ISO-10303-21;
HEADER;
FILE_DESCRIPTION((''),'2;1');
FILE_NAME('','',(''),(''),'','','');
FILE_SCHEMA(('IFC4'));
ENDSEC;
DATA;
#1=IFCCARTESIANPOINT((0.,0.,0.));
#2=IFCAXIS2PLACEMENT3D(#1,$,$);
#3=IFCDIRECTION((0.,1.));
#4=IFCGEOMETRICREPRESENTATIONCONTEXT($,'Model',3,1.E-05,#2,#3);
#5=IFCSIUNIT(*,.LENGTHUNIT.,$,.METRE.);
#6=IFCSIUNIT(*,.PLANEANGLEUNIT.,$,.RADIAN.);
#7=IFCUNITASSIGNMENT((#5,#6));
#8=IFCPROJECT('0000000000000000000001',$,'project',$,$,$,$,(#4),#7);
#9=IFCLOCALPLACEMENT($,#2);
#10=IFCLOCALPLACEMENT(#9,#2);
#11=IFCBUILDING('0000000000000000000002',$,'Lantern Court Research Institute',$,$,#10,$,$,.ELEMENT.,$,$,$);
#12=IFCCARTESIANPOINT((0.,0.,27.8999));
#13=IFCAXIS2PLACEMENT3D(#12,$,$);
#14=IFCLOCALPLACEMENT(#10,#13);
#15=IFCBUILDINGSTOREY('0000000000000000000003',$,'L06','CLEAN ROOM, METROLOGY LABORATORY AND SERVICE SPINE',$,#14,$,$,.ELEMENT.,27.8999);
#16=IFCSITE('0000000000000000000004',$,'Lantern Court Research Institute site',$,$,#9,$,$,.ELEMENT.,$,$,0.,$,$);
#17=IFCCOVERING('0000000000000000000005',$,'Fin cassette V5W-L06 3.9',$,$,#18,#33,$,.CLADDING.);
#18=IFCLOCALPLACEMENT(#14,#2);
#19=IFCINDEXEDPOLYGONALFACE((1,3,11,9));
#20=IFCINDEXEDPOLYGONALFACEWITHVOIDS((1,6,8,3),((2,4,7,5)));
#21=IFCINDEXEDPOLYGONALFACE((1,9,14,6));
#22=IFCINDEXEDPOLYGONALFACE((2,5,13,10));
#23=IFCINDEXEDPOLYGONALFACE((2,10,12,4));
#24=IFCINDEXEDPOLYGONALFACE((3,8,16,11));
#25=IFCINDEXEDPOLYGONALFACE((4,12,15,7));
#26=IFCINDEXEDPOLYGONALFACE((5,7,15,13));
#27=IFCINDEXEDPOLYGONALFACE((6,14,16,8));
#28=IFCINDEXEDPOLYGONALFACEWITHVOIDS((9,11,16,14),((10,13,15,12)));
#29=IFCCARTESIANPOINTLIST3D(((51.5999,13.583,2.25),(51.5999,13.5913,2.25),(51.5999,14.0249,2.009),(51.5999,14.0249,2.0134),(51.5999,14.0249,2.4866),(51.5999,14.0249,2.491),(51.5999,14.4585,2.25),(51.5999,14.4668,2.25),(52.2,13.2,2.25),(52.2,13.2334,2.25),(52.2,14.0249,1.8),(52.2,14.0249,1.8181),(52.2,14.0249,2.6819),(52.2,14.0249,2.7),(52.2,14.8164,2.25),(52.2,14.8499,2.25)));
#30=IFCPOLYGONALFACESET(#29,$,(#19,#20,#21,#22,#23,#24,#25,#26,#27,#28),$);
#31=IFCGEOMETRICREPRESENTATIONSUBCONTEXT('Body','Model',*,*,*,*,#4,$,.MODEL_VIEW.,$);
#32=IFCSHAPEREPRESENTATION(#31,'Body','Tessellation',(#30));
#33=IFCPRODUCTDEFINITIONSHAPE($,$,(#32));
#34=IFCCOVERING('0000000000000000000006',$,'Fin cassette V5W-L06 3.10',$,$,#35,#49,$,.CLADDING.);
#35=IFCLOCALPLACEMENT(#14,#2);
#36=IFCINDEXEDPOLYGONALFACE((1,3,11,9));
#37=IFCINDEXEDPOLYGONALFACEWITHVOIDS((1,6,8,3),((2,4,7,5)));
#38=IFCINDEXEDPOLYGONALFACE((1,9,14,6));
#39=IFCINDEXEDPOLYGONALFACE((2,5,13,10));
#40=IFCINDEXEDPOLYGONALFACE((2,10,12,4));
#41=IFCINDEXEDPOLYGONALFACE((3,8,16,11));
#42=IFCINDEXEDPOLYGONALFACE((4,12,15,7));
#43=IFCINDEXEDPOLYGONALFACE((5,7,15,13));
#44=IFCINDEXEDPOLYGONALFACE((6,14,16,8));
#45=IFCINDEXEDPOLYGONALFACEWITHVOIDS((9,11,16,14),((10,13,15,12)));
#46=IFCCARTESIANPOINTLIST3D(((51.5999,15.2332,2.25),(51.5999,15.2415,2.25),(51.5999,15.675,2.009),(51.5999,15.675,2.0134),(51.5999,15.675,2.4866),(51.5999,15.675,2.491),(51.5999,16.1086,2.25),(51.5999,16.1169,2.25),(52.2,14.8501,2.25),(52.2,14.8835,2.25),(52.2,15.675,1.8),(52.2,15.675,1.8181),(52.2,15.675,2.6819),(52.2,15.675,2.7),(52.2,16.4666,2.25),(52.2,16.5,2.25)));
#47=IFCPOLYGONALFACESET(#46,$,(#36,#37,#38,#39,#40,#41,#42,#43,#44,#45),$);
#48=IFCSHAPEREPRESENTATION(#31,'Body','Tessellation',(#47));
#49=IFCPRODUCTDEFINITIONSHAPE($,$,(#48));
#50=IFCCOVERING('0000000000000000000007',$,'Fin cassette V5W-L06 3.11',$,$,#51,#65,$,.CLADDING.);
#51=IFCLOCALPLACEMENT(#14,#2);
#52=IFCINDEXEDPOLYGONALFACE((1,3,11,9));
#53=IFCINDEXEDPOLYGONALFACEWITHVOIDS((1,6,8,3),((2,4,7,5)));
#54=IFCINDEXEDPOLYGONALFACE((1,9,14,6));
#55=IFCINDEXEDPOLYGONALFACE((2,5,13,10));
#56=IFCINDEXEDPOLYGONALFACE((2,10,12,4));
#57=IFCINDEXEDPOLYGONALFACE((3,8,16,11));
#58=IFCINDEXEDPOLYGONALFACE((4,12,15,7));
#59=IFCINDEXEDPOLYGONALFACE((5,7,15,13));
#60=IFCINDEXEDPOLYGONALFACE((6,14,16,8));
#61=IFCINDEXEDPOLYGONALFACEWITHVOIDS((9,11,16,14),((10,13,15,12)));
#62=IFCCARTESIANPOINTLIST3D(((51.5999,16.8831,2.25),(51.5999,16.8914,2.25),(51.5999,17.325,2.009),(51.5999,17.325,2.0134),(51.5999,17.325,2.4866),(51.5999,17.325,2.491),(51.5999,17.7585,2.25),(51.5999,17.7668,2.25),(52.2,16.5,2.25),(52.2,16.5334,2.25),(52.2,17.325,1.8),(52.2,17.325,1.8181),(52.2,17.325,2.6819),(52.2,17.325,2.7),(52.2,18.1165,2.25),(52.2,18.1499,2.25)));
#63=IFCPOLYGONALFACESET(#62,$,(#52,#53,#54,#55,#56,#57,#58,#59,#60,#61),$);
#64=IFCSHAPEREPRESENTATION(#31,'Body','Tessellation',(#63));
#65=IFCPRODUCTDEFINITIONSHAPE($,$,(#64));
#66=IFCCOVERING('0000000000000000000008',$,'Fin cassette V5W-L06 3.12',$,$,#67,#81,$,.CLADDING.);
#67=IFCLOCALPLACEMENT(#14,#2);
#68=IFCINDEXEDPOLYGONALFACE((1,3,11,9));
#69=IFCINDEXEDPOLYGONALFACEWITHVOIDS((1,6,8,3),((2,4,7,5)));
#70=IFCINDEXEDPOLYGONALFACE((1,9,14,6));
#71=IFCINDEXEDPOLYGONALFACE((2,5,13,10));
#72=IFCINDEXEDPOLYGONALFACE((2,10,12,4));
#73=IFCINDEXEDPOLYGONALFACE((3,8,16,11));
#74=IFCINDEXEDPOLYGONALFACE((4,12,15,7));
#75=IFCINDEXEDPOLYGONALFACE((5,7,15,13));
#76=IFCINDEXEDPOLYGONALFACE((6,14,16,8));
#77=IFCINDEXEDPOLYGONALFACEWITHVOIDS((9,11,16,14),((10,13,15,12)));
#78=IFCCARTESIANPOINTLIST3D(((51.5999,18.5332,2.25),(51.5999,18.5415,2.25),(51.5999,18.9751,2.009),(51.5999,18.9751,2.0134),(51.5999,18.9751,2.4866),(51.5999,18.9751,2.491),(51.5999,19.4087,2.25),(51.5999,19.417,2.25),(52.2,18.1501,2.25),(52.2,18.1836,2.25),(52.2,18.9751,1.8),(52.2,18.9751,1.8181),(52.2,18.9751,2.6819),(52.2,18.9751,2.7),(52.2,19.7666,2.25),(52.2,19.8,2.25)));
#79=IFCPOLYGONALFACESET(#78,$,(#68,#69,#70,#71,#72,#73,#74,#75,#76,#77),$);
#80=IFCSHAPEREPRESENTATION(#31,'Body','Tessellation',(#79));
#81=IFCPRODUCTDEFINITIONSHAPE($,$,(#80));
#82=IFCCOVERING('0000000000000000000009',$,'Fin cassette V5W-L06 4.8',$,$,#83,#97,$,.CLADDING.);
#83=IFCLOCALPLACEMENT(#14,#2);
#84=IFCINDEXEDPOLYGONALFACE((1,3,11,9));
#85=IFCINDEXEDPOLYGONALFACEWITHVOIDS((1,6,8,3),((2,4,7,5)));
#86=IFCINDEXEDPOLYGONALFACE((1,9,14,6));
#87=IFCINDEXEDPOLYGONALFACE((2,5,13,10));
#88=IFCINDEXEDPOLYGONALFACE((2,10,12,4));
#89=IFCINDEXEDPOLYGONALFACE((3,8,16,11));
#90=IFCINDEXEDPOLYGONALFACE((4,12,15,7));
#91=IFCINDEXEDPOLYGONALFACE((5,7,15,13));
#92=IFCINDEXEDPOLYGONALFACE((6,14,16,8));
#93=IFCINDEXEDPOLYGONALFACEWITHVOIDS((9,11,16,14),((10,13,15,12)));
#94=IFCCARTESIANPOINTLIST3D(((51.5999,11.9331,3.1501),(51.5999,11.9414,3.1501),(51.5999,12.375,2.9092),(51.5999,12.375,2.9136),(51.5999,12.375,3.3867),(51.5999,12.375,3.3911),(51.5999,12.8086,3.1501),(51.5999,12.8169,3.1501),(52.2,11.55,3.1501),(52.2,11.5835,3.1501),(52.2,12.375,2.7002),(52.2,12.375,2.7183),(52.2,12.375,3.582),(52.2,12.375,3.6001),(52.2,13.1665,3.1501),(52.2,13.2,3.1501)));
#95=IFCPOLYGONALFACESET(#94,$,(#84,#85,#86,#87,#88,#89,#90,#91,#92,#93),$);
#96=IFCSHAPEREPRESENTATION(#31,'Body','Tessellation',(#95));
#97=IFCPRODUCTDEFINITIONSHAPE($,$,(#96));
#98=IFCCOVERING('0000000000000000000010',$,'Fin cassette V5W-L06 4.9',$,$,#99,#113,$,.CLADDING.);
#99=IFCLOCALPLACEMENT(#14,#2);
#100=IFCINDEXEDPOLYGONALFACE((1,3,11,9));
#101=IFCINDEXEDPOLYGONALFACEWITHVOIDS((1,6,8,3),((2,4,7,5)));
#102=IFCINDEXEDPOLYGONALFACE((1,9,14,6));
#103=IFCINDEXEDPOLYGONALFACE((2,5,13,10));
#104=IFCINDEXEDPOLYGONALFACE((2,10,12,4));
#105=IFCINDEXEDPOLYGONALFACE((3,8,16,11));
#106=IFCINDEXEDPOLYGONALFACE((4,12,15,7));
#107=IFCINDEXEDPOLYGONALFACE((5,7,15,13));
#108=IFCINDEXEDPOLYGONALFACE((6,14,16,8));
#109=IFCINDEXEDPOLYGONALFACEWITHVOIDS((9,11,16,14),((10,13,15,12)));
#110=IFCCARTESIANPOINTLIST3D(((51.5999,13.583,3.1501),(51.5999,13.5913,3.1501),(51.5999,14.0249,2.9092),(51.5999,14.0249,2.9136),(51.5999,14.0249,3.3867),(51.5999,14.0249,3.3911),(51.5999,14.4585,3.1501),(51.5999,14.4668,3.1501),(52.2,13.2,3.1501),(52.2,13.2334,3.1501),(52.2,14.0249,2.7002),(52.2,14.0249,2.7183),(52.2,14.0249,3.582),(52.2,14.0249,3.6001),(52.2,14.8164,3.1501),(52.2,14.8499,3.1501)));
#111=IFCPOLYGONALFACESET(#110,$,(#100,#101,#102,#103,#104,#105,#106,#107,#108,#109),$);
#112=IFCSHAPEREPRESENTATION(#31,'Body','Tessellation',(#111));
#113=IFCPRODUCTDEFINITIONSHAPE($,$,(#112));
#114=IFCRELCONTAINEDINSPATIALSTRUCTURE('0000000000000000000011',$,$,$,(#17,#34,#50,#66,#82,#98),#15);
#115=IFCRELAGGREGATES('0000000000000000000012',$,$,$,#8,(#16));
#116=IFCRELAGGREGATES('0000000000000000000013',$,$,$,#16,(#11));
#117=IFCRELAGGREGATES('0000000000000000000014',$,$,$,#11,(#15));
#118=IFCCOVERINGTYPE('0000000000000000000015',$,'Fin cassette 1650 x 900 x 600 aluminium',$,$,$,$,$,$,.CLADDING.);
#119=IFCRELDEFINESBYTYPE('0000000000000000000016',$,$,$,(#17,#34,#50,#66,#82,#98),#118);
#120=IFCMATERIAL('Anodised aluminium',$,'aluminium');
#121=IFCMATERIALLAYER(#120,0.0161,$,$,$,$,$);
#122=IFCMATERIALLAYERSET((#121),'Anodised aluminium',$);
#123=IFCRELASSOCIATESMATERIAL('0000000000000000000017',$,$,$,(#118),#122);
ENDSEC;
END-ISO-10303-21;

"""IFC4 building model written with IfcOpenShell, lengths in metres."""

from ifc_helpers import new_model, entity, si_unit, direction, frame, origin, place, context, subcontext, project, spatial, material, layer, layer_set, type_object, element, save


model = new_model("IFC4")

# Units and contexts
model_context = context("Model", 3, precision=1e-05, world=origin(), true_north=direction((0.0, 1.0)))
body_context = subcontext(model_context, "Body", "Model", "MODEL_VIEW")
ifc_project = project(units=[si_unit("LENGTHUNIT", "METRE"), si_unit("PLANEANGLEUNIT", "RADIAN")], contexts=[model_context])

# Site, building, storey
site_placement = place(None, origin())
site = spatial("IfcSite", under=ifc_project, at=site_placement, Name="Lantern Court Research Institute site", CompositionType="ELEMENT", RefElevation=0.0)
building_placement = place(site_placement, origin())
building = spatial("IfcBuilding", under=site, at=building_placement, Name="Lantern Court Research Institute", CompositionType="ELEMENT")
storey_placement = place(building_placement, frame((0.0, 0.0, 27.8999)))
storey = spatial("IfcBuildingStorey", under=building, at=storey_placement, Name="L06", Description="CLEAN ROOM, METROLOGY LABORATORY AND SERVICE SPINE", CompositionType="ELEMENT", Elevation=27.8999)

# Coverings
ifc_material_1 = material(Name="Anodised aluminium", Category="aluminium")
ifc_layer_1 = layer(ifc_material_1, 0.0161)
ifc_layer_set_1 = layer_set([ifc_layer_1], Name="Anodised aluminium")
covering_type = type_object("IfcCoveringType", Name="Fin cassette 1650 x 900 x 600 aluminium", PredefinedType="CLADDING", material=ifc_layer_set_1)
covering_1_placement = place(storey_placement, frame((52.2, 14.0249, 2.25), z_axis=(-1.0, 0.0, 0.0), x_axis=(0.0, -1.0, 0.0)))
cartesian_point_1 = entity("IfcCartesianPoint", [0.825, 0.0])
cartesian_point_2 = entity("IfcCartesianPoint", [0.7915, 0.0])
cartesian_point_3 = entity("IfcCartesianPoint", [0.4419, 0.0])
cartesian_point_4 = entity("IfcCartesianPoint", [0.4336, 0.0])
element("IfcCovering", 1, at=covering_1_placement, inside=storey, type_object=covering_type, Name="Fin cassette V5W-L06 3.9", PredefinedType="CLADDING", context=body_context, shape_type="SweptSolid", body=[
    entity("IfcExtrudedAreaSolidTapered", entity("IfcArbitraryProfileDefWithVoids", "AREA", None, entity("IfcPolyline", [cartesian_point_1, entity("IfcCartesianPoint", [0.0, 0.45]), entity("IfcCartesianPoint", [-0.825, 0.0]), entity("IfcCartesianPoint", [0.0, -0.45]), cartesian_point_1]), [entity("IfcPolyline", [cartesian_point_2, entity("IfcCartesianPoint", [0.0, 0.4319]), entity("IfcCartesianPoint", [-0.7915, 0.0]), entity("IfcCartesianPoint", [0.0, -0.4319]), cartesian_point_2])]), entity("IfcAxis2Placement3D", entity("IfcCartesianPoint", [0.0, 0.0, 0.0])), entity("IfcDirection", [0.0, 0.0, 1.0]), 0.6001, entity("IfcArbitraryProfileDefWithVoids", "AREA", None, entity("IfcPolyline", [cartesian_point_3, entity("IfcCartesianPoint", [0.0, 0.241]), entity("IfcCartesianPoint", [-0.4419, 0.0]), entity("IfcCartesianPoint", [0.0, -0.241]), cartesian_point_3]), [entity("IfcPolyline", [cartesian_point_4, entity("IfcCartesianPoint", [0.0, 0.2366]), entity("IfcCartesianPoint", [-0.4336, 0.0]), entity("IfcCartesianPoint", [0.0, -0.2366]), cartesian_point_4])])),
])
covering_2_placement = place(storey_placement, frame((52.2, 15.675, 2.25), z_axis=(-1.0, 0.0, 0.0), x_axis=(0.0, -1.0, 0.0)))
cartesian_point_5 = entity("IfcCartesianPoint", [0.825, 0.0])
cartesian_point_6 = entity("IfcCartesianPoint", [0.7915, 0.0])
cartesian_point_7 = entity("IfcCartesianPoint", [0.4419, 0.0])
cartesian_point_8 = entity("IfcCartesianPoint", [0.4336, 0.0])
element("IfcCovering", 2, at=covering_2_placement, inside=storey, type_object=covering_type, Name="Fin cassette V5W-L06 3.10", PredefinedType="CLADDING", context=body_context, shape_type="SweptSolid", body=[
    entity("IfcExtrudedAreaSolidTapered", entity("IfcArbitraryProfileDefWithVoids", "AREA", None, entity("IfcPolyline", [cartesian_point_5, entity("IfcCartesianPoint", [0.0, 0.45]), entity("IfcCartesianPoint", [-0.825, 0.0]), entity("IfcCartesianPoint", [0.0, -0.45]), cartesian_point_5]), [entity("IfcPolyline", [cartesian_point_6, entity("IfcCartesianPoint", [0.0, 0.4319]), entity("IfcCartesianPoint", [-0.7915, 0.0]), entity("IfcCartesianPoint", [0.0, -0.4319]), cartesian_point_6])]), entity("IfcAxis2Placement3D", entity("IfcCartesianPoint", [0.0, 0.0, 0.0])), entity("IfcDirection", [0.0, 0.0, 1.0]), 0.6001, entity("IfcArbitraryProfileDefWithVoids", "AREA", None, entity("IfcPolyline", [cartesian_point_7, entity("IfcCartesianPoint", [0.0, 0.241]), entity("IfcCartesianPoint", [-0.4419, 0.0]), entity("IfcCartesianPoint", [0.0, -0.241]), cartesian_point_7]), [entity("IfcPolyline", [cartesian_point_8, entity("IfcCartesianPoint", [0.0, 0.2366]), entity("IfcCartesianPoint", [-0.4336, 0.0]), entity("IfcCartesianPoint", [0.0, -0.2366]), cartesian_point_8])])),
])
covering_3_placement = place(storey_placement, frame((52.2, 17.325, 2.25), z_axis=(-1.0, 0.0, 0.0), x_axis=(0.0, -1.0, 0.0)))
cartesian_point_9 = entity("IfcCartesianPoint", [0.825, 0.0])
cartesian_point_10 = entity("IfcCartesianPoint", [0.7915, 0.0])
cartesian_point_11 = entity("IfcCartesianPoint", [0.4419, 0.0])
cartesian_point_12 = entity("IfcCartesianPoint", [0.4336, 0.0])
element("IfcCovering", 3, at=covering_3_placement, inside=storey, type_object=covering_type, Name="Fin cassette V5W-L06 3.11", PredefinedType="CLADDING", context=body_context, shape_type="SweptSolid", body=[
    entity("IfcExtrudedAreaSolidTapered", entity("IfcArbitraryProfileDefWithVoids", "AREA", None, entity("IfcPolyline", [cartesian_point_9, entity("IfcCartesianPoint", [0.0, 0.45]), entity("IfcCartesianPoint", [-0.825, 0.0]), entity("IfcCartesianPoint", [0.0, -0.45]), cartesian_point_9]), [entity("IfcPolyline", [cartesian_point_10, entity("IfcCartesianPoint", [0.0, 0.4319]), entity("IfcCartesianPoint", [-0.7915, 0.0]), entity("IfcCartesianPoint", [0.0, -0.4319]), cartesian_point_10])]), entity("IfcAxis2Placement3D", entity("IfcCartesianPoint", [0.0, 0.0, 0.0])), entity("IfcDirection", [0.0, 0.0, 1.0]), 0.6001, entity("IfcArbitraryProfileDefWithVoids", "AREA", None, entity("IfcPolyline", [cartesian_point_11, entity("IfcCartesianPoint", [0.0, 0.241]), entity("IfcCartesianPoint", [-0.4419, 0.0]), entity("IfcCartesianPoint", [0.0, -0.241]), cartesian_point_11]), [entity("IfcPolyline", [cartesian_point_12, entity("IfcCartesianPoint", [0.0, 0.2366]), entity("IfcCartesianPoint", [-0.4336, 0.0]), entity("IfcCartesianPoint", [0.0, -0.2366]), cartesian_point_12])])),
])
covering_4_placement = place(storey_placement, frame((52.2, 18.9751, 2.25), z_axis=(-1.0, 0.0, 0.0), x_axis=(0.0, -1.0, 0.0)))
cartesian_point_13 = entity("IfcCartesianPoint", [0.825, 0.0])
cartesian_point_14 = entity("IfcCartesianPoint", [0.7915, 0.0])
cartesian_point_15 = entity("IfcCartesianPoint", [0.4419, 0.0])
cartesian_point_16 = entity("IfcCartesianPoint", [0.4336, 0.0])
element("IfcCovering", 4, at=covering_4_placement, inside=storey, type_object=covering_type, Name="Fin cassette V5W-L06 3.12", PredefinedType="CLADDING", context=body_context, shape_type="SweptSolid", body=[
    entity("IfcExtrudedAreaSolidTapered", entity("IfcArbitraryProfileDefWithVoids", "AREA", None, entity("IfcPolyline", [cartesian_point_13, entity("IfcCartesianPoint", [0.0, 0.45]), entity("IfcCartesianPoint", [-0.825, 0.0]), entity("IfcCartesianPoint", [0.0, -0.45]), cartesian_point_13]), [entity("IfcPolyline", [cartesian_point_14, entity("IfcCartesianPoint", [0.0, 0.4319]), entity("IfcCartesianPoint", [-0.7915, 0.0]), entity("IfcCartesianPoint", [0.0, -0.4319]), cartesian_point_14])]), entity("IfcAxis2Placement3D", entity("IfcCartesianPoint", [0.0, 0.0, 0.0])), entity("IfcDirection", [0.0, 0.0, 1.0]), 0.6001, entity("IfcArbitraryProfileDefWithVoids", "AREA", None, entity("IfcPolyline", [cartesian_point_15, entity("IfcCartesianPoint", [0.0, 0.241]), entity("IfcCartesianPoint", [-0.4419, 0.0]), entity("IfcCartesianPoint", [0.0, -0.241]), cartesian_point_15]), [entity("IfcPolyline", [cartesian_point_16, entity("IfcCartesianPoint", [0.0, 0.2366]), entity("IfcCartesianPoint", [-0.4336, 0.0]), entity("IfcCartesianPoint", [0.0, -0.2366]), cartesian_point_16])])),
])
covering_5_placement = place(storey_placement, frame((52.2, 12.375, 3.1501), z_axis=(-1.0, 0.0, 0.0), x_axis=(0.0, -1.0, 0.0)))
cartesian_point_17 = entity("IfcCartesianPoint", [0.825, 0.0])
cartesian_point_18 = entity("IfcCartesianPoint", [0.7915, 0.0])
cartesian_point_19 = entity("IfcCartesianPoint", [0.4419, 0.0])
cartesian_point_20 = entity("IfcCartesianPoint", [0.4336, 0.0])
element("IfcCovering", 5, at=covering_5_placement, inside=storey, type_object=covering_type, Name="Fin cassette V5W-L06 4.8", PredefinedType="CLADDING", context=body_context, shape_type="SweptSolid", body=[
    entity("IfcExtrudedAreaSolidTapered", entity("IfcArbitraryProfileDefWithVoids", "AREA", None, entity("IfcPolyline", [cartesian_point_17, entity("IfcCartesianPoint", [0.0, 0.45]), entity("IfcCartesianPoint", [-0.825, 0.0]), entity("IfcCartesianPoint", [0.0, -0.45]), cartesian_point_17]), [entity("IfcPolyline", [cartesian_point_18, entity("IfcCartesianPoint", [0.0, 0.4319]), entity("IfcCartesianPoint", [-0.7915, 0.0]), entity("IfcCartesianPoint", [0.0, -0.4319]), cartesian_point_18])]), entity("IfcAxis2Placement3D", entity("IfcCartesianPoint", [0.0, 0.0, 0.0])), entity("IfcDirection", [0.0, 0.0, 1.0]), 0.6001, entity("IfcArbitraryProfileDefWithVoids", "AREA", None, entity("IfcPolyline", [cartesian_point_19, entity("IfcCartesianPoint", [0.0, 0.241]), entity("IfcCartesianPoint", [-0.4419, 0.0]), entity("IfcCartesianPoint", [0.0, -0.241]), cartesian_point_19]), [entity("IfcPolyline", [cartesian_point_20, entity("IfcCartesianPoint", [0.0, 0.2366]), entity("IfcCartesianPoint", [-0.4336, 0.0]), entity("IfcCartesianPoint", [0.0, -0.2366]), cartesian_point_20])])),
])
covering_6_placement = place(storey_placement, frame((52.2, 14.0249, 3.1501), z_axis=(-1.0, 0.0, 0.0), x_axis=(0.0, -1.0, 0.0)))
cartesian_point_21 = entity("IfcCartesianPoint", [0.825, 0.0])
cartesian_point_22 = entity("IfcCartesianPoint", [0.7915, 0.0])
cartesian_point_23 = entity("IfcCartesianPoint", [0.4419, 0.0])
cartesian_point_24 = entity("IfcCartesianPoint", [0.4336, 0.0])
element("IfcCovering", 6, at=covering_6_placement, inside=storey, type_object=covering_type, Name="Fin cassette V5W-L06 4.9", PredefinedType="CLADDING", context=body_context, shape_type="SweptSolid", body=[
    entity("IfcExtrudedAreaSolidTapered", entity("IfcArbitraryProfileDefWithVoids", "AREA", None, entity("IfcPolyline", [cartesian_point_21, entity("IfcCartesianPoint", [0.0, 0.45]), entity("IfcCartesianPoint", [-0.825, 0.0]), entity("IfcCartesianPoint", [0.0, -0.45]), cartesian_point_21]), [entity("IfcPolyline", [cartesian_point_22, entity("IfcCartesianPoint", [0.0, 0.4319]), entity("IfcCartesianPoint", [-0.7915, 0.0]), entity("IfcCartesianPoint", [0.0, -0.4319]), cartesian_point_22])]), entity("IfcAxis2Placement3D", entity("IfcCartesianPoint", [0.0, 0.0, 0.0])), entity("IfcDirection", [0.0, 0.0, 1.0]), 0.6001, entity("IfcArbitraryProfileDefWithVoids", "AREA", None, entity("IfcPolyline", [cartesian_point_23, entity("IfcCartesianPoint", [0.0, 0.241]), entity("IfcCartesianPoint", [-0.4419, 0.0]), entity("IfcCartesianPoint", [0.0, -0.241]), cartesian_point_23]), [entity("IfcPolyline", [cartesian_point_24, entity("IfcCartesianPoint", [0.0, 0.2366]), entity("IfcCartesianPoint", [-0.4336, 0.0]), entity("IfcCartesianPoint", [0.0, -0.2366]), cartesian_point_24])])),
])

save(model, "model.ifc")
